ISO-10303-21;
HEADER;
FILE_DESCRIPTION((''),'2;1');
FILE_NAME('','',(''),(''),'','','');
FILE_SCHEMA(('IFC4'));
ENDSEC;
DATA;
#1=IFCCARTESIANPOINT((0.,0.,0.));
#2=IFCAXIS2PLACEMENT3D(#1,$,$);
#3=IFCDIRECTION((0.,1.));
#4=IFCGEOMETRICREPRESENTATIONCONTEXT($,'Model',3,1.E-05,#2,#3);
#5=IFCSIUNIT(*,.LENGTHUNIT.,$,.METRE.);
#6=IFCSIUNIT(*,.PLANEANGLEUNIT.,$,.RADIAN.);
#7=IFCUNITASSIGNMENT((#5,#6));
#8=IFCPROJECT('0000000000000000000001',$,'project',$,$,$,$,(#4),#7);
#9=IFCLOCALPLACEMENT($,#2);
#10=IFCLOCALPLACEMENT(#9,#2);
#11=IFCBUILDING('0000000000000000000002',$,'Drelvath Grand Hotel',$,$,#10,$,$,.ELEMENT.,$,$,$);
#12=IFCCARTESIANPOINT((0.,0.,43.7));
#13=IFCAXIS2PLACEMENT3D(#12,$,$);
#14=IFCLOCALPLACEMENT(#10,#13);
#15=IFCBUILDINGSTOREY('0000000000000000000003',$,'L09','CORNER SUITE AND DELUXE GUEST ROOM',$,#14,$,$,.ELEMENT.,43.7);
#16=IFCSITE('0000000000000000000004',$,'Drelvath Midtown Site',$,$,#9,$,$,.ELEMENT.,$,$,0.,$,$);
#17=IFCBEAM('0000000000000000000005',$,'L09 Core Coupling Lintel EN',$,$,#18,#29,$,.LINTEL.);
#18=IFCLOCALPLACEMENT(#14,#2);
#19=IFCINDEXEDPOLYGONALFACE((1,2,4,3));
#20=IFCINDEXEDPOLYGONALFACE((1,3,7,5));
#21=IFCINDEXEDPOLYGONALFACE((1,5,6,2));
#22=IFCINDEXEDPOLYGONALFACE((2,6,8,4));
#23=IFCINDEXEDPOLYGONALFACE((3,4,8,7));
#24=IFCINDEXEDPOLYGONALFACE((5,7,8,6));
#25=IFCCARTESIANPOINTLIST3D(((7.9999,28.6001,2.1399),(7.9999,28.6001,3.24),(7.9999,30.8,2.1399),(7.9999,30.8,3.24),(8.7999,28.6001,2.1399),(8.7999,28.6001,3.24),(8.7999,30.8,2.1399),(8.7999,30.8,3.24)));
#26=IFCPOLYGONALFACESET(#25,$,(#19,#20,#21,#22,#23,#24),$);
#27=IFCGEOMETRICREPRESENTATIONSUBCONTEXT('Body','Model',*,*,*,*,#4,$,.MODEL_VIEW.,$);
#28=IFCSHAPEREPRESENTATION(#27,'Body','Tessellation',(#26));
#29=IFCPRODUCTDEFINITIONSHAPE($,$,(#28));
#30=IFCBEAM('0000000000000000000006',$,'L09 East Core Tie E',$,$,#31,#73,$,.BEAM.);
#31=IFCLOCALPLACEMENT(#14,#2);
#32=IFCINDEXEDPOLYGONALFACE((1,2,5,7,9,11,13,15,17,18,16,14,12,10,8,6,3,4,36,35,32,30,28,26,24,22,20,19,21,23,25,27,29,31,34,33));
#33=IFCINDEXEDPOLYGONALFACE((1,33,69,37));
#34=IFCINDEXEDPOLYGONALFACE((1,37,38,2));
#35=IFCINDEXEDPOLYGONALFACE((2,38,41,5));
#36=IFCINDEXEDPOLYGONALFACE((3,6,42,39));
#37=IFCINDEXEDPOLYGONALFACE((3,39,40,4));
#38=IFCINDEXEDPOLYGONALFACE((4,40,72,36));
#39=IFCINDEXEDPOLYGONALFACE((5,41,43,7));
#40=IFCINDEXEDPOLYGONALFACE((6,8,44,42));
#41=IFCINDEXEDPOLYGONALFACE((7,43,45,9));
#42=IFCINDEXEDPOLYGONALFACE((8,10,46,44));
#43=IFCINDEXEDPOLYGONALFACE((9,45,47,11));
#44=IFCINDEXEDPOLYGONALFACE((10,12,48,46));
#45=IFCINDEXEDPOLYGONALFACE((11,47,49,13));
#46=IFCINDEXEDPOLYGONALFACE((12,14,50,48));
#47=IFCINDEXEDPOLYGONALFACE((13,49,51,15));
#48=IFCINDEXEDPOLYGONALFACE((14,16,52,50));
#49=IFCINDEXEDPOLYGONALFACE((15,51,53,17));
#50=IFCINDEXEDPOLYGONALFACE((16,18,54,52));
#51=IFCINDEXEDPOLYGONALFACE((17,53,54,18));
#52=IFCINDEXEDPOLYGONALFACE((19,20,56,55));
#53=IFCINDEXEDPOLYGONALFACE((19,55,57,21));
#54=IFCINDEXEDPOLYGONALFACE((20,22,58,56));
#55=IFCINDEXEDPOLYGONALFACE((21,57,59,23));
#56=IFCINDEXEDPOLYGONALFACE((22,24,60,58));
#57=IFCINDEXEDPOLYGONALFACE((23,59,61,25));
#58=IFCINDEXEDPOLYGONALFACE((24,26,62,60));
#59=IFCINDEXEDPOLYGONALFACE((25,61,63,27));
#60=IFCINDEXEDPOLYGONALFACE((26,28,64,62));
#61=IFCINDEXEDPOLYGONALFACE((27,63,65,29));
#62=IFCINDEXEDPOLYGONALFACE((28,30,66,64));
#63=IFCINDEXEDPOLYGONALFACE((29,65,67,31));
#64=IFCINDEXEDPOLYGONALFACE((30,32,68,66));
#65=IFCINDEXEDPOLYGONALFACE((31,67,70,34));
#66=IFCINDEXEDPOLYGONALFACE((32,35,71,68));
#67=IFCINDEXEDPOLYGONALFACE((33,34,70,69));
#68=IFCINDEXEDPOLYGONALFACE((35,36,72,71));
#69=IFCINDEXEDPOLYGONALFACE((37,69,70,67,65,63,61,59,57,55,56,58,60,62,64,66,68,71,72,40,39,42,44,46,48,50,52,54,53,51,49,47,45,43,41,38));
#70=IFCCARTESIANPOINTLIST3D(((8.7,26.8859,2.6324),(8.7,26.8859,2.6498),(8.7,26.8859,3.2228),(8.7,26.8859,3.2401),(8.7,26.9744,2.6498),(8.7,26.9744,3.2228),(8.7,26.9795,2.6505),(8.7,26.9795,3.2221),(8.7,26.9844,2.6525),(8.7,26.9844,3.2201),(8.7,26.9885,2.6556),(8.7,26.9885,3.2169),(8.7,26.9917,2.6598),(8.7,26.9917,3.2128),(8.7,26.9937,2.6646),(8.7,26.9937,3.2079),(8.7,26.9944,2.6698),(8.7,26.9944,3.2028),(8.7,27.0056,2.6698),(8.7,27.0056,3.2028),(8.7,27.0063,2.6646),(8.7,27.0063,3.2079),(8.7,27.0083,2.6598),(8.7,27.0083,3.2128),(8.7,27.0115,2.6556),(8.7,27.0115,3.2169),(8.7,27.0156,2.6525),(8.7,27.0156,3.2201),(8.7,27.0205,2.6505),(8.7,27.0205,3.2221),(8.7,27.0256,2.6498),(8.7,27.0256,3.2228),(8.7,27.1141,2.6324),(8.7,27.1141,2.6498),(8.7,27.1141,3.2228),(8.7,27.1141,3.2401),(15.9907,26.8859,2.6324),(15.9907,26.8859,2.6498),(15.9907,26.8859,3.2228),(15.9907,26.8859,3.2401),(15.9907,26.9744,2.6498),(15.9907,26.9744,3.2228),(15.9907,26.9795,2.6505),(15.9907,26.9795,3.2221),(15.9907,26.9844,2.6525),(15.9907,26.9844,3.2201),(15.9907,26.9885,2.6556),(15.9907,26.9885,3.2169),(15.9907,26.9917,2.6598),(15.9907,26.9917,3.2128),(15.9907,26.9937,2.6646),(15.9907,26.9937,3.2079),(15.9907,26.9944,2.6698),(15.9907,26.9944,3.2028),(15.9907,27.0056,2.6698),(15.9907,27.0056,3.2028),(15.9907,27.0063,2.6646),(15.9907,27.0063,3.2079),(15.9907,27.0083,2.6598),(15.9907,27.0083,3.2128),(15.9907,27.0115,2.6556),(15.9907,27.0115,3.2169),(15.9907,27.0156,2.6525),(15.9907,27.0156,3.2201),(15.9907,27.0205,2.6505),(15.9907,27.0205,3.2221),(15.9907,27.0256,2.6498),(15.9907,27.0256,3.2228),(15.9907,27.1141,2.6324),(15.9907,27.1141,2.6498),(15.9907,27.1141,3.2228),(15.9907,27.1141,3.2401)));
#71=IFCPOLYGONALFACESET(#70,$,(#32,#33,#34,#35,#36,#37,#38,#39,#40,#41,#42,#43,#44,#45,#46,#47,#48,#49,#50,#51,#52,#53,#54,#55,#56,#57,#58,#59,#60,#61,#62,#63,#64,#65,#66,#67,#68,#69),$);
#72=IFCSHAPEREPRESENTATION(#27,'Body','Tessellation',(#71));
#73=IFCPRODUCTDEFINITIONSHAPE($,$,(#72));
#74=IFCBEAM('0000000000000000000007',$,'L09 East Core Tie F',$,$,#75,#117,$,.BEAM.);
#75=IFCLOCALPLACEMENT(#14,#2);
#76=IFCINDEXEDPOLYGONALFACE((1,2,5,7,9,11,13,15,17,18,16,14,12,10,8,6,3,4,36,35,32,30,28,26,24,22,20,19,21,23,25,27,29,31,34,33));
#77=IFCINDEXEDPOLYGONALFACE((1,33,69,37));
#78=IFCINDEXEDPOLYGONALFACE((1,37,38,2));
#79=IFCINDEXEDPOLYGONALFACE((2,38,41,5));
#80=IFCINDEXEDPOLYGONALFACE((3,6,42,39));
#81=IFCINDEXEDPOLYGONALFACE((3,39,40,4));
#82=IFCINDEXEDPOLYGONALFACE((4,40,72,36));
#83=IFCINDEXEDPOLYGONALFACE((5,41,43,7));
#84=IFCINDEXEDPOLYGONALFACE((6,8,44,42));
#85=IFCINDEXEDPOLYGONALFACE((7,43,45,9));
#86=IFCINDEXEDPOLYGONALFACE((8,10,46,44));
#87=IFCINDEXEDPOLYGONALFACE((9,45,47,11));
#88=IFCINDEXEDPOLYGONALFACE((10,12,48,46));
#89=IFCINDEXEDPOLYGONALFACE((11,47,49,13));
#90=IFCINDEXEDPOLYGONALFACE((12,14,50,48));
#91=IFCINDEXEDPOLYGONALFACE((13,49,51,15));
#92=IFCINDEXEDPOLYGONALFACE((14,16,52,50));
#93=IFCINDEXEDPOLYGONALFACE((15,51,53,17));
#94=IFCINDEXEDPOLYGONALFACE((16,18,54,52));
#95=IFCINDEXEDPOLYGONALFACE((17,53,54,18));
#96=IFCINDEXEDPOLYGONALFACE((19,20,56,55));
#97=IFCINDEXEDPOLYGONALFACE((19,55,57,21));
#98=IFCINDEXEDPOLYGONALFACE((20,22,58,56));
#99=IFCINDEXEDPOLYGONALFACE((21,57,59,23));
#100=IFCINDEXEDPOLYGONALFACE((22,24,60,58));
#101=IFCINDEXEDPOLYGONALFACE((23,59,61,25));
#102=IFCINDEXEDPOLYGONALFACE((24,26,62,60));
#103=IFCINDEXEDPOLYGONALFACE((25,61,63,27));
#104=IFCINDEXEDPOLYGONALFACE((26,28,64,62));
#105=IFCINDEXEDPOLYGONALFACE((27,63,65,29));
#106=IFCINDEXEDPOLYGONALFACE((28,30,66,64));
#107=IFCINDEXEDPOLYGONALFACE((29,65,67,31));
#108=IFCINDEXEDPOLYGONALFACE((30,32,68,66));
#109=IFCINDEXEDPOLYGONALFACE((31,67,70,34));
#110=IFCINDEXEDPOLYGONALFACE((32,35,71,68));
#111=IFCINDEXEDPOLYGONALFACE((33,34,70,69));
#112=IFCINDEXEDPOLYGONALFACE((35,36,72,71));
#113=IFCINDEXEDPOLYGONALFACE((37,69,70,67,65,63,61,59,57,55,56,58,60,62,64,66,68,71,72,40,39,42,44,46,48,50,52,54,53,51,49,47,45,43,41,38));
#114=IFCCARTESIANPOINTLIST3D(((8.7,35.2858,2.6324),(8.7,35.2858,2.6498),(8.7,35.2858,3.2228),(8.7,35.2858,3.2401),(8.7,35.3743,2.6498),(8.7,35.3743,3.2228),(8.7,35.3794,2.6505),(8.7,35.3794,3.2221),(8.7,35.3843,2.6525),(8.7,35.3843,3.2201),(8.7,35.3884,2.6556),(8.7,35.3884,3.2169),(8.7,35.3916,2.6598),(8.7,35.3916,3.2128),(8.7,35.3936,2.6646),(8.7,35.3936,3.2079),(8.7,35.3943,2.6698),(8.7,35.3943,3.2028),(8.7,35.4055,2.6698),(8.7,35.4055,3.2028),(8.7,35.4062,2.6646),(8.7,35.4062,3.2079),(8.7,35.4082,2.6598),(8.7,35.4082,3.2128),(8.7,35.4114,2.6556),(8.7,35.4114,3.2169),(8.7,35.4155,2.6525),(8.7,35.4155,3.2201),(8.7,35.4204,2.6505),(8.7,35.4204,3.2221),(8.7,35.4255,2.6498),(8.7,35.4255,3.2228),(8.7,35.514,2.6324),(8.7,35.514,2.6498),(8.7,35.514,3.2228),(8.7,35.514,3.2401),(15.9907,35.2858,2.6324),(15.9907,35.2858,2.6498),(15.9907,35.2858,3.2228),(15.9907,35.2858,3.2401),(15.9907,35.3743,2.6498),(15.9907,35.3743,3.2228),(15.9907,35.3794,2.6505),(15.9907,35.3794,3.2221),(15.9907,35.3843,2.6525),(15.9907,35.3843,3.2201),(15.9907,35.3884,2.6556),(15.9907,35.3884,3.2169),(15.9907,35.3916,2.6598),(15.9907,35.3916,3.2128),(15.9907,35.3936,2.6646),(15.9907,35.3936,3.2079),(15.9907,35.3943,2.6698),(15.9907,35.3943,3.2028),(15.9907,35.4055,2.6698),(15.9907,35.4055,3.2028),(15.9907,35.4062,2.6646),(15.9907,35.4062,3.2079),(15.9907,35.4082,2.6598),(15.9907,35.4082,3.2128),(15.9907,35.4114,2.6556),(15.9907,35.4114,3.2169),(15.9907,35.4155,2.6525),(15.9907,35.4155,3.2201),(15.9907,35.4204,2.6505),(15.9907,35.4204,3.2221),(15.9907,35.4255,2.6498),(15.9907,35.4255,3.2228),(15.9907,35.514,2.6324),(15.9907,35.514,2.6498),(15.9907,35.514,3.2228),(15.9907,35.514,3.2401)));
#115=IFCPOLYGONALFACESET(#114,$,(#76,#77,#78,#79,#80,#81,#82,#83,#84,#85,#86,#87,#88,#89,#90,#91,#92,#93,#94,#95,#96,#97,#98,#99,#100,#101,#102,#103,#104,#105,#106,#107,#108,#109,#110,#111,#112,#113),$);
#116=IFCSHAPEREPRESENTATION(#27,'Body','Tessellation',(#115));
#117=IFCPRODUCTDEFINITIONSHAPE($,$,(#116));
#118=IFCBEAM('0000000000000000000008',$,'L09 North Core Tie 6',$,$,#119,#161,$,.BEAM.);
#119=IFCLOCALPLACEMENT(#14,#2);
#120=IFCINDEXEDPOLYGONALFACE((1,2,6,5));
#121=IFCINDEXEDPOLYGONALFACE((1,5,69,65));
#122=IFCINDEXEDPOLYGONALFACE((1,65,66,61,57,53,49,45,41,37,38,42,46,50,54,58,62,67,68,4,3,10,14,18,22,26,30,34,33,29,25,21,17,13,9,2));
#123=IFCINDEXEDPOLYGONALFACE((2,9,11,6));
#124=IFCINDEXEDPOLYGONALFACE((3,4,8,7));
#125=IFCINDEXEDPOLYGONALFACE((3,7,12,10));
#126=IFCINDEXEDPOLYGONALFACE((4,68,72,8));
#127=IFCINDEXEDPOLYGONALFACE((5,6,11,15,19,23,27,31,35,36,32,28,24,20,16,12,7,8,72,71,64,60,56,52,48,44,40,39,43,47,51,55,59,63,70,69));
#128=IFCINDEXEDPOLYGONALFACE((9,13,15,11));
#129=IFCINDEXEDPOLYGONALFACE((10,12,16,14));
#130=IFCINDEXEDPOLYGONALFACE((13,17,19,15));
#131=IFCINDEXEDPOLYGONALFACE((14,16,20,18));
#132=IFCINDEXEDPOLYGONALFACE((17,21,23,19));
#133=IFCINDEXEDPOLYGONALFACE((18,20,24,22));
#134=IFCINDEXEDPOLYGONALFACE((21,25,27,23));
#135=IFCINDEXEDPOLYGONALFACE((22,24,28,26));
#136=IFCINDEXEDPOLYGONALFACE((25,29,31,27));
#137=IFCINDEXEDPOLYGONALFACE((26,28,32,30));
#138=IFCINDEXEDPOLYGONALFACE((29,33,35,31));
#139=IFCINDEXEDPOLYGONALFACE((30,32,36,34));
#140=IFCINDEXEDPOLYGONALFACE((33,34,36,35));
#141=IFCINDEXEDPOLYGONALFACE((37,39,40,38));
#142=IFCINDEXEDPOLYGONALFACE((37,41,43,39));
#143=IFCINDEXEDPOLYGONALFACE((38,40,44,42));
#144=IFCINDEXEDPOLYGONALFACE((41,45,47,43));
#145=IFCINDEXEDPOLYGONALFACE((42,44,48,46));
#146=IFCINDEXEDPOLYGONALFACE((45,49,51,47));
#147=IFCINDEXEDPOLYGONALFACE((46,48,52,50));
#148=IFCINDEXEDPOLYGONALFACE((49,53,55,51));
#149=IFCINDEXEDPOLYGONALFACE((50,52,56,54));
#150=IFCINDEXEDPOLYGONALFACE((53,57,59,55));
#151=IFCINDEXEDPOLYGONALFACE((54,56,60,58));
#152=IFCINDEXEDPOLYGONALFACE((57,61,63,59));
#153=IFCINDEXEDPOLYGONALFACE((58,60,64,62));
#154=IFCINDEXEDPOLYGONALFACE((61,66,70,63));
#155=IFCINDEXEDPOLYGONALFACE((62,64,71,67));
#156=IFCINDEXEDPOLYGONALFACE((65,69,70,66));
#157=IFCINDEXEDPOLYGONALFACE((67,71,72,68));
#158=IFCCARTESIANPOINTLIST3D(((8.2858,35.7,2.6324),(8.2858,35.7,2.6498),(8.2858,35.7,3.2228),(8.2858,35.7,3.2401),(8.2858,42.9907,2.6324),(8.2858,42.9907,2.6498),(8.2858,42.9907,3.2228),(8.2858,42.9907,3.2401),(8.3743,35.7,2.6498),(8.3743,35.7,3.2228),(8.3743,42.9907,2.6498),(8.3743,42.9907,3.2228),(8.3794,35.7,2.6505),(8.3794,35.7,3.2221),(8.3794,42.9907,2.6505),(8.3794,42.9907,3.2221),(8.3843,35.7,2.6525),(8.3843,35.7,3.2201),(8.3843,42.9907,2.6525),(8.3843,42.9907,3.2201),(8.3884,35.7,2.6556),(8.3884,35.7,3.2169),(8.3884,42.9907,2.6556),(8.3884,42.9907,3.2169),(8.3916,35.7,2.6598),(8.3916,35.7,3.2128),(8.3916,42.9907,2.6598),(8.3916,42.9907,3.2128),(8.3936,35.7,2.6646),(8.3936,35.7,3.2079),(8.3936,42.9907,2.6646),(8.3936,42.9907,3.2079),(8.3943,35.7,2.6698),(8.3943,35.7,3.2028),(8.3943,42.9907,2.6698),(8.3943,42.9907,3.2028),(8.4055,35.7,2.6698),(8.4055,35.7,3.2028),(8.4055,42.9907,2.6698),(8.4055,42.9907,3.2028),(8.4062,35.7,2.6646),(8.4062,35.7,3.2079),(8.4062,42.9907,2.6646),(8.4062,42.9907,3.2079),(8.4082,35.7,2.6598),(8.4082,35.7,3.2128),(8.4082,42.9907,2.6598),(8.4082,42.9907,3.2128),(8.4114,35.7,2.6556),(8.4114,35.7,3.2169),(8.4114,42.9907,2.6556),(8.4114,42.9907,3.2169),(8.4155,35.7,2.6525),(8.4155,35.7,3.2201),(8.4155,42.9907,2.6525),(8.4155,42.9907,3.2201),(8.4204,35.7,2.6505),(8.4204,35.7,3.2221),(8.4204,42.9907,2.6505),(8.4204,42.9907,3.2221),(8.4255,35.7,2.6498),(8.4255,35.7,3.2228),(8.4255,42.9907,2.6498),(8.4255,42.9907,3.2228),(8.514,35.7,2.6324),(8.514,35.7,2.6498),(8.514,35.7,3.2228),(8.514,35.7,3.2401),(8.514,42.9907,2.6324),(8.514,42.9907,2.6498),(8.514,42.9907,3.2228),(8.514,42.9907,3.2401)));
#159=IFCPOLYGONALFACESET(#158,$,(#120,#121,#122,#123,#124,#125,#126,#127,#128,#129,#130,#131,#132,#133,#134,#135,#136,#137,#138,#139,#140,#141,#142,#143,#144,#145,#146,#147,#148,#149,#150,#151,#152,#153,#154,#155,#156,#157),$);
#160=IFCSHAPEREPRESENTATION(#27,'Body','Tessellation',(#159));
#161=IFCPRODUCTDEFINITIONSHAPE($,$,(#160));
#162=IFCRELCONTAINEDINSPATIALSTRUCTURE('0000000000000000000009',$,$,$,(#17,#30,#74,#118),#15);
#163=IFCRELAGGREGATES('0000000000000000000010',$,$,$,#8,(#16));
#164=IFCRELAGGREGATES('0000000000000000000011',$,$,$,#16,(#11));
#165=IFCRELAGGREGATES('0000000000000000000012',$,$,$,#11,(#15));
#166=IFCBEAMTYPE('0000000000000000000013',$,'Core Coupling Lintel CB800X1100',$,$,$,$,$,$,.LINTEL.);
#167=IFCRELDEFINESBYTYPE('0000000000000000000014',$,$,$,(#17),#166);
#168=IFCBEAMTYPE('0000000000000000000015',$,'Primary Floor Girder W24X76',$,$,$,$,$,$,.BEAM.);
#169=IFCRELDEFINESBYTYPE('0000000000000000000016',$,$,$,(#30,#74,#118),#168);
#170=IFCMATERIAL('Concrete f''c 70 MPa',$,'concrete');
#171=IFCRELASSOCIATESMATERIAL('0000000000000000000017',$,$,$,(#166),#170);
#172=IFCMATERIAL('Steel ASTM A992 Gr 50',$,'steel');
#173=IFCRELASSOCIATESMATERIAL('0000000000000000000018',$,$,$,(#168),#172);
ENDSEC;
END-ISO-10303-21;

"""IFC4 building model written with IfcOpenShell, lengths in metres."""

from ifc_helpers import new_model, si_unit, direction, frame, origin, origin_2d, place, context, subcontext, project, spatial, rectangle, i_section, extrude, material, material_profile, profile_set, type_object, element, save


model = new_model("IFC4")

# Units and contexts
model_context = context("Model", 3, precision=1e-05, world=origin(), true_north=direction((0.0, 1.0)))
body_context = subcontext(model_context, "Body", "Model", "MODEL_VIEW")
ifc_project = project(units=[si_unit("LENGTHUNIT", "METRE"), si_unit("PLANEANGLEUNIT", "RADIAN")], contexts=[model_context])

# Site, building, storey
site_placement = place(None, origin())
site = spatial("IfcSite", under=ifc_project, at=site_placement, Name="Drelvath Midtown Site", CompositionType="ELEMENT", RefElevation=0.0)
building_placement = place(site_placement, origin())
building = spatial("IfcBuilding", under=site, at=building_placement, Name="Drelvath Grand Hotel", CompositionType="ELEMENT")
storey_placement = place(building_placement, frame((0.0, 0.0, 43.7)))
storey = spatial("IfcBuildingStorey", under=building, at=storey_placement, Name="L09", Description="CORNER SUITE AND DELUXE GUEST ROOM", CompositionType="ELEMENT", Elevation=43.7)

# Beams
ifc_material_1 = material(Name="Concrete f'c 70 MPa", Category="concrete")
ifc_material_profile_1 = material_profile(ifc_material_1, rectangle(XDim=0.8, YDim=1.1001, at=origin_2d()), Name="CB800X1100")
ifc_profile_set_1 = profile_set([ifc_material_profile_1], Name="Concrete f'c 70 MPa")
beam_type_1 = type_object("IfcBeamType", Name="Core Coupling Lintel CB800X1100", PredefinedType="LINTEL", material=ifc_profile_set_1)
beam_placement = place(storey_placement, frame((8.3999, 28.6001, 2.6899), z_axis=(0.0, 1.0, 0.0), x_axis=(-1.0, 0.0, 0.0)))
element("IfcBeam", 1, at=beam_placement, inside=storey, type_object=beam_type_1, Name="L09 Core Coupling Lintel EN", PredefinedType="LINTEL", context=body_context, shape_type="SweptSolid", body=[
    extrude(rectangle(XDim=0.8, YDim=1.1001, at=origin_2d()), origin(), (0.0, 0.0, 1.0), 2.2),
])
ifc_material_2 = material(Name="Steel ASTM A992 Gr 50", Category="steel")
ifc_material_profile_2 = material_profile(ifc_material_2, i_section(OverallWidth=0.2283, OverallDepth=0.6077, WebThickness=0.0112, FlangeThickness=0.0173, FilletRadius=0.02, at=origin_2d()), Name="W24X76")
ifc_profile_set_2 = profile_set([ifc_material_profile_2], Name="Steel ASTM A992 Gr 50")
beam_type_2 = type_object("IfcBeamType", Name="Primary Floor Girder W24X76", PredefinedType="BEAM", material=ifc_profile_set_2)
for number, where, z_axis, x_axis, name in (
    (2, (8.7, 27.0, 2.9363), (1.0, 0.0, 0.0), (0.0, 1.0, 0.0), "L09 East Core Tie E"),
    (3, (8.7, 35.3999, 2.9363), (1.0, 0.0, 0.0), (0.0, 1.0, 0.0), "L09 East Core Tie F"),
    (4, (8.3999, 35.7, 2.9363), (0.0, 1.0, 0.0), (-1.0, 0.0, 0.0), "L09 North Core Tie 6"),
):
    element("IfcBeam", number, at=place(storey_placement, frame(where, z_axis=z_axis, x_axis=x_axis)), inside=storey, type_object=beam_type_2, Name=name, PredefinedType="BEAM", context=body_context, shape_type="SweptSolid", body=[
        extrude(i_section(OverallWidth=0.2283, OverallDepth=0.6077, WebThickness=0.0112, FlangeThickness=0.0173, FilletRadius=0.02, at=origin_2d()), origin(), (0.0, 0.0, 1.0), 7.2908),
    ])

save(model, "model.ifc")
